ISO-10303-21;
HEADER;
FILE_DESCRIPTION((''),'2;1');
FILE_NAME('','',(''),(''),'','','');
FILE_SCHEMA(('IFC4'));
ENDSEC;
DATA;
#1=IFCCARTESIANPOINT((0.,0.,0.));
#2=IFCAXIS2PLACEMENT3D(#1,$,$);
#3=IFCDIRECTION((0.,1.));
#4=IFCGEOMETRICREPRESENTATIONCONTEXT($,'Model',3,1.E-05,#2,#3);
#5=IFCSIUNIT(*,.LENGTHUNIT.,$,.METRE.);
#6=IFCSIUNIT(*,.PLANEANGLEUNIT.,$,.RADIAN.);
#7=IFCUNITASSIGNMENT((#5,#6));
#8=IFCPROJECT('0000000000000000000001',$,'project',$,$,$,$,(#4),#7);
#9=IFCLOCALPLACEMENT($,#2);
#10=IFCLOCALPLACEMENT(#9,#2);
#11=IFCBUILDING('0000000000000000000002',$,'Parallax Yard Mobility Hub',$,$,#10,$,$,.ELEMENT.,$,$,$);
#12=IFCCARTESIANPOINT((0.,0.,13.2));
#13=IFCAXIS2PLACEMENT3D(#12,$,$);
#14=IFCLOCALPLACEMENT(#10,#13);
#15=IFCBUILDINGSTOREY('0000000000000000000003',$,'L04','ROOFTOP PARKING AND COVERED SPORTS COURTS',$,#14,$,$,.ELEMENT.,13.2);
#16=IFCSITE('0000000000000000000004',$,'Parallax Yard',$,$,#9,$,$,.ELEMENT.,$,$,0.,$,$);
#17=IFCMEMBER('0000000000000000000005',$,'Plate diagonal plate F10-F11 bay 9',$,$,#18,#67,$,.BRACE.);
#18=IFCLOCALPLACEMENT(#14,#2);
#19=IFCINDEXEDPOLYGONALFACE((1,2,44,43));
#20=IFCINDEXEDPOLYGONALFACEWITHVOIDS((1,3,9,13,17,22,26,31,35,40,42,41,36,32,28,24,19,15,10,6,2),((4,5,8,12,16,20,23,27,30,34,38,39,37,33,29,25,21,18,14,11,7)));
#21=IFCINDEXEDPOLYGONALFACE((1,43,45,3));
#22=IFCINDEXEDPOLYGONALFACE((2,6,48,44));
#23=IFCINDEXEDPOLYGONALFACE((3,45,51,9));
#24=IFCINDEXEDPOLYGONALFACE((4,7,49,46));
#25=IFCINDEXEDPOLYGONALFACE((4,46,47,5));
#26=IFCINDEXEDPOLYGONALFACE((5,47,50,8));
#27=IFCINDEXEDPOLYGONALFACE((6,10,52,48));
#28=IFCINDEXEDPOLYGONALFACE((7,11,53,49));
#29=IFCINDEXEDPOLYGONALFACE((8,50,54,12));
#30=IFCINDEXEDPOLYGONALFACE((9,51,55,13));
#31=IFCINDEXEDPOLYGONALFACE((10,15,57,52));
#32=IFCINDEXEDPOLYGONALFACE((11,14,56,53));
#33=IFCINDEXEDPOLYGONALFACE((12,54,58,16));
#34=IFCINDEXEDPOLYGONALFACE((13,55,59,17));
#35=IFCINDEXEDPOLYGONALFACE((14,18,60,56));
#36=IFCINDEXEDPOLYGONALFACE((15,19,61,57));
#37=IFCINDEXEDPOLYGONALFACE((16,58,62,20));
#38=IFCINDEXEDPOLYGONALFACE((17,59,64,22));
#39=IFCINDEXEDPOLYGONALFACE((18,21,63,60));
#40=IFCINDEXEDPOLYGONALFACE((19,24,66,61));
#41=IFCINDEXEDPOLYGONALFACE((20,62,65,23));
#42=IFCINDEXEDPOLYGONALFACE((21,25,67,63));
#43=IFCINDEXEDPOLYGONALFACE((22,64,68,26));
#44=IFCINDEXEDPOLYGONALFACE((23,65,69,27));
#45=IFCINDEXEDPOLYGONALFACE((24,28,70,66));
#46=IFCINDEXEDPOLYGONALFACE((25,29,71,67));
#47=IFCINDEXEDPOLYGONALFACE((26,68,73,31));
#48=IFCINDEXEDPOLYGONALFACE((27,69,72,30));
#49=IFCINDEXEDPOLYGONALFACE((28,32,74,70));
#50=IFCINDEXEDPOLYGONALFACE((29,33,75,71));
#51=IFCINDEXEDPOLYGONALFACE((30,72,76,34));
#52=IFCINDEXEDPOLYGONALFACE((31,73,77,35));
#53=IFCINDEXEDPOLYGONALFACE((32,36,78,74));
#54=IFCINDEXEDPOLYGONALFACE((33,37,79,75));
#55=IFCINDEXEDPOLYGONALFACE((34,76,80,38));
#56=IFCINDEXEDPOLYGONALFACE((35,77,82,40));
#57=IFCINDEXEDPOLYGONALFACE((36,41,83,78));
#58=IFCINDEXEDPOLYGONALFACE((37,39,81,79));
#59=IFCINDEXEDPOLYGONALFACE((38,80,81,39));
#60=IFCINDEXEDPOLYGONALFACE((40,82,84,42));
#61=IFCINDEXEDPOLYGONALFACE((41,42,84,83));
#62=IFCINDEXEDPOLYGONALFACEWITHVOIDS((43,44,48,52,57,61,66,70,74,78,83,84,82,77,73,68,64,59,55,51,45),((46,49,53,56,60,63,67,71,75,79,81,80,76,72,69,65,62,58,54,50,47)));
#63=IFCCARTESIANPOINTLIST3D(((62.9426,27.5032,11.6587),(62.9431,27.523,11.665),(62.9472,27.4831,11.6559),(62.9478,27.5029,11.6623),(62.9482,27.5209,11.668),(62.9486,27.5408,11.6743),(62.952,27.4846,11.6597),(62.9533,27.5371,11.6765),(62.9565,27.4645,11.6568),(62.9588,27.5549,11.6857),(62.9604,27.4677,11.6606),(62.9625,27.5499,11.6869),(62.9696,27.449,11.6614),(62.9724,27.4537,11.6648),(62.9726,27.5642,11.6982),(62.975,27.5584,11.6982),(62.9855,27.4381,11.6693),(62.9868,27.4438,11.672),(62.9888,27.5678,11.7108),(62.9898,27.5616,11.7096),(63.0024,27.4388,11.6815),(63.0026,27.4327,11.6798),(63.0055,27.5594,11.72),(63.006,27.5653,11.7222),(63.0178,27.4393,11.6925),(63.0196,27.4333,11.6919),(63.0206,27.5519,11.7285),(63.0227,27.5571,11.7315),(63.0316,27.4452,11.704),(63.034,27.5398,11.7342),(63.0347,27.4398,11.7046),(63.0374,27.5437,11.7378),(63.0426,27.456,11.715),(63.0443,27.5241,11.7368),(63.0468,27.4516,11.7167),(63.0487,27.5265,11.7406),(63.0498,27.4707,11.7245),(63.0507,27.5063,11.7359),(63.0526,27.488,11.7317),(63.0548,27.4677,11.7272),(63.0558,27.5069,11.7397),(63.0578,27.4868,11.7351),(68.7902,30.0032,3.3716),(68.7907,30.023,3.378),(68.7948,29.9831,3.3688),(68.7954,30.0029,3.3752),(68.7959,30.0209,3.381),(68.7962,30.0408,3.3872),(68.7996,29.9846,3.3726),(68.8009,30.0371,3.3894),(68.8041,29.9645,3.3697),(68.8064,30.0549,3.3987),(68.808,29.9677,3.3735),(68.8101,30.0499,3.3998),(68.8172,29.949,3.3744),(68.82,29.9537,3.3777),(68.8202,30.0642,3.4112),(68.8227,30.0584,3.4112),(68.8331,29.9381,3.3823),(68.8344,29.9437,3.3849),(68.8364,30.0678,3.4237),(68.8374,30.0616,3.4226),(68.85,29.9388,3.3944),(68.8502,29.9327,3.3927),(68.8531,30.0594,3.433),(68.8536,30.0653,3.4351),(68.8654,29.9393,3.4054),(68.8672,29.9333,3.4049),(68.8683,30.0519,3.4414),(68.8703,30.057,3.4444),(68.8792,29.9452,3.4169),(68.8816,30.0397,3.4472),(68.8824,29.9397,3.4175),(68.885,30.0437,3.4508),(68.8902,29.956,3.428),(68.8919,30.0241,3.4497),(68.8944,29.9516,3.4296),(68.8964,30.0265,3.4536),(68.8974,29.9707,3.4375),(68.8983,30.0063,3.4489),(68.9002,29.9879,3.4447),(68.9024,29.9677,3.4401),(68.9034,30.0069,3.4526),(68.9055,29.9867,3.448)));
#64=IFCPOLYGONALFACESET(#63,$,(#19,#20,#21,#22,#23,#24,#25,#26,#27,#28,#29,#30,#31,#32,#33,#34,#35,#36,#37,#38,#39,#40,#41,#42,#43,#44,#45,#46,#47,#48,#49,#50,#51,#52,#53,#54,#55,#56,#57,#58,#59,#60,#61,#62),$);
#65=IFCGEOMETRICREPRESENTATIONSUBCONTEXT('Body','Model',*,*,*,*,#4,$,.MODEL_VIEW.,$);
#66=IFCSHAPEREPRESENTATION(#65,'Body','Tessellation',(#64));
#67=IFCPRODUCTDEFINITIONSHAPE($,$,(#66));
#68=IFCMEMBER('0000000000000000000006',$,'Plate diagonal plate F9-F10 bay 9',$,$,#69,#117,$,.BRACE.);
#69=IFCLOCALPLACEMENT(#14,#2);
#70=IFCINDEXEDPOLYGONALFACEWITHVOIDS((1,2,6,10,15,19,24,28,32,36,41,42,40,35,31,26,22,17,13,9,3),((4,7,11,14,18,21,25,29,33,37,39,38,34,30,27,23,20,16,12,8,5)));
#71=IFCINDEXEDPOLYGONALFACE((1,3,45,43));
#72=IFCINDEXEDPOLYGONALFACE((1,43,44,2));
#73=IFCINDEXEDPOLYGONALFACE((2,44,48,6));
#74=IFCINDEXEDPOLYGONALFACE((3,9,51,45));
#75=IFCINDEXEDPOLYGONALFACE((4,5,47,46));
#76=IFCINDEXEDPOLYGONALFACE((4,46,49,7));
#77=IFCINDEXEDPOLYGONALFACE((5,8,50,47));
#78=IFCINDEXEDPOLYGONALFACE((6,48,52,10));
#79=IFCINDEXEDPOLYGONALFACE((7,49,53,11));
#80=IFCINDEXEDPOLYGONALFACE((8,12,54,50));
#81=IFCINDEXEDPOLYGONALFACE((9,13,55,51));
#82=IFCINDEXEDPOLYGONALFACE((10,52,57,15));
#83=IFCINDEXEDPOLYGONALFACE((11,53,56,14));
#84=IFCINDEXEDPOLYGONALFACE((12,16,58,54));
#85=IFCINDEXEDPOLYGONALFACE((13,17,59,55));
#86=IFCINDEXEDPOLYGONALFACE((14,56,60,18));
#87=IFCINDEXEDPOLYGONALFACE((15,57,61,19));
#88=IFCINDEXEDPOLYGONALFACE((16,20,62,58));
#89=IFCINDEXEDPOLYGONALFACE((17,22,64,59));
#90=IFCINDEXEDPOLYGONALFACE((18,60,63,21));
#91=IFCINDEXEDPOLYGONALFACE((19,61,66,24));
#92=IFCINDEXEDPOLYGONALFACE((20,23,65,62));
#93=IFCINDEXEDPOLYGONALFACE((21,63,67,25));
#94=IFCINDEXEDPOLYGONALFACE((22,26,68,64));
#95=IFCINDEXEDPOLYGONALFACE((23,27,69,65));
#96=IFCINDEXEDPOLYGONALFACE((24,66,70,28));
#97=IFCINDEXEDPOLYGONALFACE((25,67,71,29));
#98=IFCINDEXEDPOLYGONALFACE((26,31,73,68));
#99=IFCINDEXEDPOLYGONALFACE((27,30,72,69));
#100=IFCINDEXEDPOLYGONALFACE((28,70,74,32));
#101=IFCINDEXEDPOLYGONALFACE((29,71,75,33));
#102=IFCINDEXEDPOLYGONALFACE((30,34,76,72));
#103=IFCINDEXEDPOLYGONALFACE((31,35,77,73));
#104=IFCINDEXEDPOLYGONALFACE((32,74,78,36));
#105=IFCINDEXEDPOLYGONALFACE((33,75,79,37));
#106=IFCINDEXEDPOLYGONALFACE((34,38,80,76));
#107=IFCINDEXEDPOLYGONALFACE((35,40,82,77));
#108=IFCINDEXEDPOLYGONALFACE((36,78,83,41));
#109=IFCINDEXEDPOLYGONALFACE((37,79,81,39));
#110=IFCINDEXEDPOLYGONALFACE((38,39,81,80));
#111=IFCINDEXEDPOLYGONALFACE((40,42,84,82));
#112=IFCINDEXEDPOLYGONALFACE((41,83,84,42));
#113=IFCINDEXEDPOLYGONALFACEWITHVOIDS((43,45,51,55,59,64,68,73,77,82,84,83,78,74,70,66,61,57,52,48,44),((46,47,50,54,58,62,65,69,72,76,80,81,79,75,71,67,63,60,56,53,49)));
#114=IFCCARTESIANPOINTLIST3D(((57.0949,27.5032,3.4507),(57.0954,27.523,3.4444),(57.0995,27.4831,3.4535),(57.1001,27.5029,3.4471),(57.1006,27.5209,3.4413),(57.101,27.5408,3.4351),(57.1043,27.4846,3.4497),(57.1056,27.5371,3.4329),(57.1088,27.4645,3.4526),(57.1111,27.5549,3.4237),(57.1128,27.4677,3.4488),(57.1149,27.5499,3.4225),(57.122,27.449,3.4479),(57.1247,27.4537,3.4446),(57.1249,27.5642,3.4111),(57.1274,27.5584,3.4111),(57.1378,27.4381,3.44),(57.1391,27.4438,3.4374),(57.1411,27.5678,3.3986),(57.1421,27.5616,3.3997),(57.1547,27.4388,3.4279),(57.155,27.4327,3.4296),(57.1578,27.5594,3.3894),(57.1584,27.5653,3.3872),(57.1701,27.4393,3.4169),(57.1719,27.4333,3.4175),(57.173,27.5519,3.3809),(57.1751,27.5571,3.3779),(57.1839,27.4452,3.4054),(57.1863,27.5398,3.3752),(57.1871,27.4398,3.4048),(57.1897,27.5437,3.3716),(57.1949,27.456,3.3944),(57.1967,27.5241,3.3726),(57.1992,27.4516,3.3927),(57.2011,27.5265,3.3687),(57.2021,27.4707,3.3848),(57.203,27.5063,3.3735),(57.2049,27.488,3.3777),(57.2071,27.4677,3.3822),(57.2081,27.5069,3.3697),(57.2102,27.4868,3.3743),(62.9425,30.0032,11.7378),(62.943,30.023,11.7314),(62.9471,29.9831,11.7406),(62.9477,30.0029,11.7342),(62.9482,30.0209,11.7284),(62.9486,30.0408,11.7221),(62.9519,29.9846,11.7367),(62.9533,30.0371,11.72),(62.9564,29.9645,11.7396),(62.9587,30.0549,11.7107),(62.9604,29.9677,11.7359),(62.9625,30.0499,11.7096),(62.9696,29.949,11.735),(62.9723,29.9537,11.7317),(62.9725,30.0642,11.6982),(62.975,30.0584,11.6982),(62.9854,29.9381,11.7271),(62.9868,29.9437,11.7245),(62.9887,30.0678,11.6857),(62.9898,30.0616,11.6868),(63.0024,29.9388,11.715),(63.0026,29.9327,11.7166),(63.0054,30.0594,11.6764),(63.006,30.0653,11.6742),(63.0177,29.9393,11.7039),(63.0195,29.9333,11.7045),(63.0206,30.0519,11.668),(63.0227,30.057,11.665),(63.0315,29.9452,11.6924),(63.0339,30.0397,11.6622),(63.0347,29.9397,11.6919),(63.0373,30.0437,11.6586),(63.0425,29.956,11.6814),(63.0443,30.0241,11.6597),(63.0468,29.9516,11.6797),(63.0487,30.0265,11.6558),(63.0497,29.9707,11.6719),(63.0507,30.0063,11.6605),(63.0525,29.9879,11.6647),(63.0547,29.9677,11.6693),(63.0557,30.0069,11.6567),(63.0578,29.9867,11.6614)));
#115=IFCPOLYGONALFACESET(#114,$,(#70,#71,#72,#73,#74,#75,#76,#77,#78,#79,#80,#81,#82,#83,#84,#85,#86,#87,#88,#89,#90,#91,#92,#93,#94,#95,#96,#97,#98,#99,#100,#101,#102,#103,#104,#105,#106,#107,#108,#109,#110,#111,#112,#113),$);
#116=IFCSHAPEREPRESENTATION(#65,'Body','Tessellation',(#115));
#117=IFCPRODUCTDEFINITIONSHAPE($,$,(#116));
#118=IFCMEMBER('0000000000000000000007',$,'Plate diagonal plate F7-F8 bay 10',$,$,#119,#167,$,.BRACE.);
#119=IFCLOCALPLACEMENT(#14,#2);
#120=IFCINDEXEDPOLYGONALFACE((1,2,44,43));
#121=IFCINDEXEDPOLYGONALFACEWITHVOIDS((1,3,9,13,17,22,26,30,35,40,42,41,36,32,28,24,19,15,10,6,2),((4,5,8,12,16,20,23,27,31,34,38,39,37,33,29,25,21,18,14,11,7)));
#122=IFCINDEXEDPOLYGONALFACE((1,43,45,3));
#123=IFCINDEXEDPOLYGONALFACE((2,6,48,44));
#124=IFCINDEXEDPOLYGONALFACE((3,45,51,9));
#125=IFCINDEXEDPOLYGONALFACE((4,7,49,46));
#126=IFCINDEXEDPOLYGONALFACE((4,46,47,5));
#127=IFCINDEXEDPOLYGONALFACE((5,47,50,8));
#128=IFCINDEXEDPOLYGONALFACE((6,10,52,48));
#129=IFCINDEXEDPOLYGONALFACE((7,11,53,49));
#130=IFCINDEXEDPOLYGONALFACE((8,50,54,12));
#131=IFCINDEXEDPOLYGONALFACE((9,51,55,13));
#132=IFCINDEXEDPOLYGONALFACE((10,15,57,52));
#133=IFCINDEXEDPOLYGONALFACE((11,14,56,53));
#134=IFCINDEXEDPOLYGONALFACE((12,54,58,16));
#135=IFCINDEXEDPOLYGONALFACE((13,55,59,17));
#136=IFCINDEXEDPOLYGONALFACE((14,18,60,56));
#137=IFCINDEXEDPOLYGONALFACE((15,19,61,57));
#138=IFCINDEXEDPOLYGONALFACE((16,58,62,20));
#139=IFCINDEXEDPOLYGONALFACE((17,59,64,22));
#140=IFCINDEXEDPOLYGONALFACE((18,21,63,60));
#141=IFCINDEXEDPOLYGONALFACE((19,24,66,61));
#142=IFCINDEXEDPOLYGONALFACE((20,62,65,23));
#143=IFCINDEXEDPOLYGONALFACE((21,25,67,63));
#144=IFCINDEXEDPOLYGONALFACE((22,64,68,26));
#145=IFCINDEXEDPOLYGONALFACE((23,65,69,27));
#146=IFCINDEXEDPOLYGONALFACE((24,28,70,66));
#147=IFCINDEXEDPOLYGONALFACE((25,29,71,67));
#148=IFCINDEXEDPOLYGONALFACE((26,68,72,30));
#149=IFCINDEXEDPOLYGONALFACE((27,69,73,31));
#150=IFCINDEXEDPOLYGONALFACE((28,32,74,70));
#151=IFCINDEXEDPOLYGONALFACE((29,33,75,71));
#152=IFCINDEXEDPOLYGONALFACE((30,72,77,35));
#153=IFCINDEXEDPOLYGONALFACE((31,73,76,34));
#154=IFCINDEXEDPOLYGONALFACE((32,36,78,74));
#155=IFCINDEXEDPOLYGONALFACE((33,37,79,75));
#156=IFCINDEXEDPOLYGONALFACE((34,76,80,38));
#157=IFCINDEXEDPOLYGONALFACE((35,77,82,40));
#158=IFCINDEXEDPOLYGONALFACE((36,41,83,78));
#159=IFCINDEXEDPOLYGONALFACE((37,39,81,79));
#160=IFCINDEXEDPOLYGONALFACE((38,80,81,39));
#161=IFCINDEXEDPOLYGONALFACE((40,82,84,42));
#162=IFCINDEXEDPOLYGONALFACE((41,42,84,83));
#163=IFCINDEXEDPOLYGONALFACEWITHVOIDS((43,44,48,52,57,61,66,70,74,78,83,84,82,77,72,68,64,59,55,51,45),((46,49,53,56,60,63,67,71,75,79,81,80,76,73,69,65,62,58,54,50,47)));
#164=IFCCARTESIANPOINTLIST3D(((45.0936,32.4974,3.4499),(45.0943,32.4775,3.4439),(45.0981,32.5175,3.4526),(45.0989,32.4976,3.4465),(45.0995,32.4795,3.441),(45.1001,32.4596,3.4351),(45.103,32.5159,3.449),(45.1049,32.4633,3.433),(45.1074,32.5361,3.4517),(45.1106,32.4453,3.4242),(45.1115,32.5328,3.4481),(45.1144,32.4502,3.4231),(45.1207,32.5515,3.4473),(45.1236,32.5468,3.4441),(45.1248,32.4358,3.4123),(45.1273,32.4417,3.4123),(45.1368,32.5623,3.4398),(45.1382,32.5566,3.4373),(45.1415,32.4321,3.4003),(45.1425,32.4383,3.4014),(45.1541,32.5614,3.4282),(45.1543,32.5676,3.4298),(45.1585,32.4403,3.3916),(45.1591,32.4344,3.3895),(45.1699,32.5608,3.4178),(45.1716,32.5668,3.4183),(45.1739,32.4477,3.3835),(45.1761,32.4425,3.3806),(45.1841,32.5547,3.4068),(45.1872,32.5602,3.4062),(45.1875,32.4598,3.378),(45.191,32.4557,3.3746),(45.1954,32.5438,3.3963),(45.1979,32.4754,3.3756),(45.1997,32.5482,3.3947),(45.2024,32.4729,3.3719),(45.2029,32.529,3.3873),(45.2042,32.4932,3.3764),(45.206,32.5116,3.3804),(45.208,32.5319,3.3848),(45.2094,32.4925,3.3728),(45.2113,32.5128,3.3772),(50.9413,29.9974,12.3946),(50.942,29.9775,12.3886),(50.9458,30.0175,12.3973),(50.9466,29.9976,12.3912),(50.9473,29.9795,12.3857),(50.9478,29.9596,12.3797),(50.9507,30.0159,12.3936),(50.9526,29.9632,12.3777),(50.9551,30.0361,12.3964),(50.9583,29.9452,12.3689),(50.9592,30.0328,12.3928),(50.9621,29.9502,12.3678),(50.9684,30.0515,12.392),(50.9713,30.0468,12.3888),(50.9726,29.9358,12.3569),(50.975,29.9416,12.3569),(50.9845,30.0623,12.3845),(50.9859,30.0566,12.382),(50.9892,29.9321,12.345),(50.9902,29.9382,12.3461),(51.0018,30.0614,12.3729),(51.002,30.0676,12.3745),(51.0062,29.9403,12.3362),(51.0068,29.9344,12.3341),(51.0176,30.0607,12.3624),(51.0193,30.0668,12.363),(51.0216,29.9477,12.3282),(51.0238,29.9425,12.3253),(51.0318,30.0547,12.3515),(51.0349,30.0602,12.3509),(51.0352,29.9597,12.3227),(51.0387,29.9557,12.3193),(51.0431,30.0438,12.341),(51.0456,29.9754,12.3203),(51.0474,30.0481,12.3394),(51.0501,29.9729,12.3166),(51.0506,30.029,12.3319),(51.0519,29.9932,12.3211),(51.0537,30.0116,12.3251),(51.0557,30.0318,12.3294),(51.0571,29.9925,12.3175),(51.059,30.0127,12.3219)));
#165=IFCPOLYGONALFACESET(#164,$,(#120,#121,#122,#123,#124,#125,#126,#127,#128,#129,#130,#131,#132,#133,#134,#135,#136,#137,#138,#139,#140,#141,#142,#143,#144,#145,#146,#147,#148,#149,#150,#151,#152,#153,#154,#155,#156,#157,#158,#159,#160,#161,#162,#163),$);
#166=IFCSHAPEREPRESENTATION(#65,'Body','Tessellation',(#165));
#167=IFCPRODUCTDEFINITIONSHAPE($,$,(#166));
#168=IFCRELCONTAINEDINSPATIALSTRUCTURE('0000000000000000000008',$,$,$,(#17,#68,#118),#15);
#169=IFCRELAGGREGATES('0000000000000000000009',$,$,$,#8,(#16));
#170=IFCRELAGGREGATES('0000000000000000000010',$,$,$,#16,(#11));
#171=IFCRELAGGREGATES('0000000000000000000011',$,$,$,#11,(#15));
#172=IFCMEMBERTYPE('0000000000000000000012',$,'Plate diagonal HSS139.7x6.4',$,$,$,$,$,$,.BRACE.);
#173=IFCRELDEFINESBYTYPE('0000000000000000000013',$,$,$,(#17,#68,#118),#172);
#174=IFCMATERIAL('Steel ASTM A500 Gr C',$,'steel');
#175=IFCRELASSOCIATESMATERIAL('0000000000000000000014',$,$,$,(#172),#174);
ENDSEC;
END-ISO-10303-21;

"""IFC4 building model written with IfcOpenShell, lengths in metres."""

from ifc_helpers import new_model, si_unit, direction, frame, origin, origin_2d, place, context, subcontext, project, spatial, hollow_circle, extrude, material, material_profile, profile_set, type_object, element, save


model = new_model("IFC4")

# Units and contexts
model_context = context("Model", 3, precision=1e-05, world=origin(), true_north=direction((0.0, 1.0)))
body_context = subcontext(model_context, "Body", "Model", "MODEL_VIEW")
ifc_project = project(units=[si_unit("LENGTHUNIT", "METRE"), si_unit("PLANEANGLEUNIT", "RADIAN")], contexts=[model_context])

# Site, building, storey
site_placement = place(None, origin())
site = spatial("IfcSite", under=ifc_project, at=site_placement, Name="Parallax Yard", CompositionType="ELEMENT", RefElevation=0.0)
building_placement = place(site_placement, origin())
building = spatial("IfcBuilding", under=site, at=building_placement, Name="Parallax Yard Mobility Hub", CompositionType="ELEMENT")
storey_placement = place(building_placement, frame((0.0, 0.0, 13.2)))
storey = spatial("IfcBuildingStorey", under=building, at=storey_placement, Name="L04", Description="ROOFTOP PARKING AND COVERED SPORTS COURTS", CompositionType="ELEMENT", Elevation=13.2)

# Members
ifc_material_1 = material(Name="Steel ASTM A500 Gr C", Category="steel")
ifc_material_profile_1 = material_profile(ifc_material_1, hollow_circle(Radius=0.0698, WallThickness=0.0063, at=origin_2d()), Name="HSS139.7x6.4")
ifc_profile_set_1 = profile_set([ifc_material_profile_1], Name="Steel ASTM A500 Gr C")
member_type_1 = type_object("IfcMemberType", Name="Plate diagonal HSS139.7x6.4", PredefinedType="BRACE", material=ifc_profile_set_1)
for number, where, z_axis, x_axis, name in (
    (1, (63.0, 27.5, 11.6982), (0.559793, 0.239323, -0.79332), (-0.393104, 0.919494, 0.0), "Plate diagonal plate F10-F11 bay 9"),
    (2, (57.1523, 27.5, 3.4111), (0.559793, 0.239323, 0.79332), (-0.393104, 0.919494, 0.0), "Plate diagonal plate F9-F10 bay 9"),
):
    element("IfcMember", number, at=place(storey_placement, frame(where, z_axis=z_axis, x_axis=x_axis)), inside=storey, type_object=member_type_1, Name=name, PredefinedType="BRACE", context=body_context, shape_type="SweptSolid", body=[
        extrude(hollow_circle(Radius=0.0698, WallThickness=0.0063, at=origin_2d()), origin(), (0.0, 0.0, 1.0), 10.446),
    ])
for number, where, z_axis, x_axis, name in (
    (3, (51.0, 30.0, 12.3569), (-0.532816, 0.22779, -0.814996), (-0.393104, -0.919494, 0.0), "Plate diagonal plate F7-F8 bay 10"),
):
    element("IfcMember", number, at=place(storey_placement, frame(where, z_axis=z_axis, x_axis=x_axis)), inside=storey, type_object=member_type_1, Name=name, PredefinedType="BRACE", context=body_context, shape_type="SweptSolid", body=[
        extrude(hollow_circle(Radius=0.0698, WallThickness=0.0063, at=origin_2d()), origin(), (0.0, 0.0, 1.0), 10.9751),
    ])

save(model, "model.ifc")
